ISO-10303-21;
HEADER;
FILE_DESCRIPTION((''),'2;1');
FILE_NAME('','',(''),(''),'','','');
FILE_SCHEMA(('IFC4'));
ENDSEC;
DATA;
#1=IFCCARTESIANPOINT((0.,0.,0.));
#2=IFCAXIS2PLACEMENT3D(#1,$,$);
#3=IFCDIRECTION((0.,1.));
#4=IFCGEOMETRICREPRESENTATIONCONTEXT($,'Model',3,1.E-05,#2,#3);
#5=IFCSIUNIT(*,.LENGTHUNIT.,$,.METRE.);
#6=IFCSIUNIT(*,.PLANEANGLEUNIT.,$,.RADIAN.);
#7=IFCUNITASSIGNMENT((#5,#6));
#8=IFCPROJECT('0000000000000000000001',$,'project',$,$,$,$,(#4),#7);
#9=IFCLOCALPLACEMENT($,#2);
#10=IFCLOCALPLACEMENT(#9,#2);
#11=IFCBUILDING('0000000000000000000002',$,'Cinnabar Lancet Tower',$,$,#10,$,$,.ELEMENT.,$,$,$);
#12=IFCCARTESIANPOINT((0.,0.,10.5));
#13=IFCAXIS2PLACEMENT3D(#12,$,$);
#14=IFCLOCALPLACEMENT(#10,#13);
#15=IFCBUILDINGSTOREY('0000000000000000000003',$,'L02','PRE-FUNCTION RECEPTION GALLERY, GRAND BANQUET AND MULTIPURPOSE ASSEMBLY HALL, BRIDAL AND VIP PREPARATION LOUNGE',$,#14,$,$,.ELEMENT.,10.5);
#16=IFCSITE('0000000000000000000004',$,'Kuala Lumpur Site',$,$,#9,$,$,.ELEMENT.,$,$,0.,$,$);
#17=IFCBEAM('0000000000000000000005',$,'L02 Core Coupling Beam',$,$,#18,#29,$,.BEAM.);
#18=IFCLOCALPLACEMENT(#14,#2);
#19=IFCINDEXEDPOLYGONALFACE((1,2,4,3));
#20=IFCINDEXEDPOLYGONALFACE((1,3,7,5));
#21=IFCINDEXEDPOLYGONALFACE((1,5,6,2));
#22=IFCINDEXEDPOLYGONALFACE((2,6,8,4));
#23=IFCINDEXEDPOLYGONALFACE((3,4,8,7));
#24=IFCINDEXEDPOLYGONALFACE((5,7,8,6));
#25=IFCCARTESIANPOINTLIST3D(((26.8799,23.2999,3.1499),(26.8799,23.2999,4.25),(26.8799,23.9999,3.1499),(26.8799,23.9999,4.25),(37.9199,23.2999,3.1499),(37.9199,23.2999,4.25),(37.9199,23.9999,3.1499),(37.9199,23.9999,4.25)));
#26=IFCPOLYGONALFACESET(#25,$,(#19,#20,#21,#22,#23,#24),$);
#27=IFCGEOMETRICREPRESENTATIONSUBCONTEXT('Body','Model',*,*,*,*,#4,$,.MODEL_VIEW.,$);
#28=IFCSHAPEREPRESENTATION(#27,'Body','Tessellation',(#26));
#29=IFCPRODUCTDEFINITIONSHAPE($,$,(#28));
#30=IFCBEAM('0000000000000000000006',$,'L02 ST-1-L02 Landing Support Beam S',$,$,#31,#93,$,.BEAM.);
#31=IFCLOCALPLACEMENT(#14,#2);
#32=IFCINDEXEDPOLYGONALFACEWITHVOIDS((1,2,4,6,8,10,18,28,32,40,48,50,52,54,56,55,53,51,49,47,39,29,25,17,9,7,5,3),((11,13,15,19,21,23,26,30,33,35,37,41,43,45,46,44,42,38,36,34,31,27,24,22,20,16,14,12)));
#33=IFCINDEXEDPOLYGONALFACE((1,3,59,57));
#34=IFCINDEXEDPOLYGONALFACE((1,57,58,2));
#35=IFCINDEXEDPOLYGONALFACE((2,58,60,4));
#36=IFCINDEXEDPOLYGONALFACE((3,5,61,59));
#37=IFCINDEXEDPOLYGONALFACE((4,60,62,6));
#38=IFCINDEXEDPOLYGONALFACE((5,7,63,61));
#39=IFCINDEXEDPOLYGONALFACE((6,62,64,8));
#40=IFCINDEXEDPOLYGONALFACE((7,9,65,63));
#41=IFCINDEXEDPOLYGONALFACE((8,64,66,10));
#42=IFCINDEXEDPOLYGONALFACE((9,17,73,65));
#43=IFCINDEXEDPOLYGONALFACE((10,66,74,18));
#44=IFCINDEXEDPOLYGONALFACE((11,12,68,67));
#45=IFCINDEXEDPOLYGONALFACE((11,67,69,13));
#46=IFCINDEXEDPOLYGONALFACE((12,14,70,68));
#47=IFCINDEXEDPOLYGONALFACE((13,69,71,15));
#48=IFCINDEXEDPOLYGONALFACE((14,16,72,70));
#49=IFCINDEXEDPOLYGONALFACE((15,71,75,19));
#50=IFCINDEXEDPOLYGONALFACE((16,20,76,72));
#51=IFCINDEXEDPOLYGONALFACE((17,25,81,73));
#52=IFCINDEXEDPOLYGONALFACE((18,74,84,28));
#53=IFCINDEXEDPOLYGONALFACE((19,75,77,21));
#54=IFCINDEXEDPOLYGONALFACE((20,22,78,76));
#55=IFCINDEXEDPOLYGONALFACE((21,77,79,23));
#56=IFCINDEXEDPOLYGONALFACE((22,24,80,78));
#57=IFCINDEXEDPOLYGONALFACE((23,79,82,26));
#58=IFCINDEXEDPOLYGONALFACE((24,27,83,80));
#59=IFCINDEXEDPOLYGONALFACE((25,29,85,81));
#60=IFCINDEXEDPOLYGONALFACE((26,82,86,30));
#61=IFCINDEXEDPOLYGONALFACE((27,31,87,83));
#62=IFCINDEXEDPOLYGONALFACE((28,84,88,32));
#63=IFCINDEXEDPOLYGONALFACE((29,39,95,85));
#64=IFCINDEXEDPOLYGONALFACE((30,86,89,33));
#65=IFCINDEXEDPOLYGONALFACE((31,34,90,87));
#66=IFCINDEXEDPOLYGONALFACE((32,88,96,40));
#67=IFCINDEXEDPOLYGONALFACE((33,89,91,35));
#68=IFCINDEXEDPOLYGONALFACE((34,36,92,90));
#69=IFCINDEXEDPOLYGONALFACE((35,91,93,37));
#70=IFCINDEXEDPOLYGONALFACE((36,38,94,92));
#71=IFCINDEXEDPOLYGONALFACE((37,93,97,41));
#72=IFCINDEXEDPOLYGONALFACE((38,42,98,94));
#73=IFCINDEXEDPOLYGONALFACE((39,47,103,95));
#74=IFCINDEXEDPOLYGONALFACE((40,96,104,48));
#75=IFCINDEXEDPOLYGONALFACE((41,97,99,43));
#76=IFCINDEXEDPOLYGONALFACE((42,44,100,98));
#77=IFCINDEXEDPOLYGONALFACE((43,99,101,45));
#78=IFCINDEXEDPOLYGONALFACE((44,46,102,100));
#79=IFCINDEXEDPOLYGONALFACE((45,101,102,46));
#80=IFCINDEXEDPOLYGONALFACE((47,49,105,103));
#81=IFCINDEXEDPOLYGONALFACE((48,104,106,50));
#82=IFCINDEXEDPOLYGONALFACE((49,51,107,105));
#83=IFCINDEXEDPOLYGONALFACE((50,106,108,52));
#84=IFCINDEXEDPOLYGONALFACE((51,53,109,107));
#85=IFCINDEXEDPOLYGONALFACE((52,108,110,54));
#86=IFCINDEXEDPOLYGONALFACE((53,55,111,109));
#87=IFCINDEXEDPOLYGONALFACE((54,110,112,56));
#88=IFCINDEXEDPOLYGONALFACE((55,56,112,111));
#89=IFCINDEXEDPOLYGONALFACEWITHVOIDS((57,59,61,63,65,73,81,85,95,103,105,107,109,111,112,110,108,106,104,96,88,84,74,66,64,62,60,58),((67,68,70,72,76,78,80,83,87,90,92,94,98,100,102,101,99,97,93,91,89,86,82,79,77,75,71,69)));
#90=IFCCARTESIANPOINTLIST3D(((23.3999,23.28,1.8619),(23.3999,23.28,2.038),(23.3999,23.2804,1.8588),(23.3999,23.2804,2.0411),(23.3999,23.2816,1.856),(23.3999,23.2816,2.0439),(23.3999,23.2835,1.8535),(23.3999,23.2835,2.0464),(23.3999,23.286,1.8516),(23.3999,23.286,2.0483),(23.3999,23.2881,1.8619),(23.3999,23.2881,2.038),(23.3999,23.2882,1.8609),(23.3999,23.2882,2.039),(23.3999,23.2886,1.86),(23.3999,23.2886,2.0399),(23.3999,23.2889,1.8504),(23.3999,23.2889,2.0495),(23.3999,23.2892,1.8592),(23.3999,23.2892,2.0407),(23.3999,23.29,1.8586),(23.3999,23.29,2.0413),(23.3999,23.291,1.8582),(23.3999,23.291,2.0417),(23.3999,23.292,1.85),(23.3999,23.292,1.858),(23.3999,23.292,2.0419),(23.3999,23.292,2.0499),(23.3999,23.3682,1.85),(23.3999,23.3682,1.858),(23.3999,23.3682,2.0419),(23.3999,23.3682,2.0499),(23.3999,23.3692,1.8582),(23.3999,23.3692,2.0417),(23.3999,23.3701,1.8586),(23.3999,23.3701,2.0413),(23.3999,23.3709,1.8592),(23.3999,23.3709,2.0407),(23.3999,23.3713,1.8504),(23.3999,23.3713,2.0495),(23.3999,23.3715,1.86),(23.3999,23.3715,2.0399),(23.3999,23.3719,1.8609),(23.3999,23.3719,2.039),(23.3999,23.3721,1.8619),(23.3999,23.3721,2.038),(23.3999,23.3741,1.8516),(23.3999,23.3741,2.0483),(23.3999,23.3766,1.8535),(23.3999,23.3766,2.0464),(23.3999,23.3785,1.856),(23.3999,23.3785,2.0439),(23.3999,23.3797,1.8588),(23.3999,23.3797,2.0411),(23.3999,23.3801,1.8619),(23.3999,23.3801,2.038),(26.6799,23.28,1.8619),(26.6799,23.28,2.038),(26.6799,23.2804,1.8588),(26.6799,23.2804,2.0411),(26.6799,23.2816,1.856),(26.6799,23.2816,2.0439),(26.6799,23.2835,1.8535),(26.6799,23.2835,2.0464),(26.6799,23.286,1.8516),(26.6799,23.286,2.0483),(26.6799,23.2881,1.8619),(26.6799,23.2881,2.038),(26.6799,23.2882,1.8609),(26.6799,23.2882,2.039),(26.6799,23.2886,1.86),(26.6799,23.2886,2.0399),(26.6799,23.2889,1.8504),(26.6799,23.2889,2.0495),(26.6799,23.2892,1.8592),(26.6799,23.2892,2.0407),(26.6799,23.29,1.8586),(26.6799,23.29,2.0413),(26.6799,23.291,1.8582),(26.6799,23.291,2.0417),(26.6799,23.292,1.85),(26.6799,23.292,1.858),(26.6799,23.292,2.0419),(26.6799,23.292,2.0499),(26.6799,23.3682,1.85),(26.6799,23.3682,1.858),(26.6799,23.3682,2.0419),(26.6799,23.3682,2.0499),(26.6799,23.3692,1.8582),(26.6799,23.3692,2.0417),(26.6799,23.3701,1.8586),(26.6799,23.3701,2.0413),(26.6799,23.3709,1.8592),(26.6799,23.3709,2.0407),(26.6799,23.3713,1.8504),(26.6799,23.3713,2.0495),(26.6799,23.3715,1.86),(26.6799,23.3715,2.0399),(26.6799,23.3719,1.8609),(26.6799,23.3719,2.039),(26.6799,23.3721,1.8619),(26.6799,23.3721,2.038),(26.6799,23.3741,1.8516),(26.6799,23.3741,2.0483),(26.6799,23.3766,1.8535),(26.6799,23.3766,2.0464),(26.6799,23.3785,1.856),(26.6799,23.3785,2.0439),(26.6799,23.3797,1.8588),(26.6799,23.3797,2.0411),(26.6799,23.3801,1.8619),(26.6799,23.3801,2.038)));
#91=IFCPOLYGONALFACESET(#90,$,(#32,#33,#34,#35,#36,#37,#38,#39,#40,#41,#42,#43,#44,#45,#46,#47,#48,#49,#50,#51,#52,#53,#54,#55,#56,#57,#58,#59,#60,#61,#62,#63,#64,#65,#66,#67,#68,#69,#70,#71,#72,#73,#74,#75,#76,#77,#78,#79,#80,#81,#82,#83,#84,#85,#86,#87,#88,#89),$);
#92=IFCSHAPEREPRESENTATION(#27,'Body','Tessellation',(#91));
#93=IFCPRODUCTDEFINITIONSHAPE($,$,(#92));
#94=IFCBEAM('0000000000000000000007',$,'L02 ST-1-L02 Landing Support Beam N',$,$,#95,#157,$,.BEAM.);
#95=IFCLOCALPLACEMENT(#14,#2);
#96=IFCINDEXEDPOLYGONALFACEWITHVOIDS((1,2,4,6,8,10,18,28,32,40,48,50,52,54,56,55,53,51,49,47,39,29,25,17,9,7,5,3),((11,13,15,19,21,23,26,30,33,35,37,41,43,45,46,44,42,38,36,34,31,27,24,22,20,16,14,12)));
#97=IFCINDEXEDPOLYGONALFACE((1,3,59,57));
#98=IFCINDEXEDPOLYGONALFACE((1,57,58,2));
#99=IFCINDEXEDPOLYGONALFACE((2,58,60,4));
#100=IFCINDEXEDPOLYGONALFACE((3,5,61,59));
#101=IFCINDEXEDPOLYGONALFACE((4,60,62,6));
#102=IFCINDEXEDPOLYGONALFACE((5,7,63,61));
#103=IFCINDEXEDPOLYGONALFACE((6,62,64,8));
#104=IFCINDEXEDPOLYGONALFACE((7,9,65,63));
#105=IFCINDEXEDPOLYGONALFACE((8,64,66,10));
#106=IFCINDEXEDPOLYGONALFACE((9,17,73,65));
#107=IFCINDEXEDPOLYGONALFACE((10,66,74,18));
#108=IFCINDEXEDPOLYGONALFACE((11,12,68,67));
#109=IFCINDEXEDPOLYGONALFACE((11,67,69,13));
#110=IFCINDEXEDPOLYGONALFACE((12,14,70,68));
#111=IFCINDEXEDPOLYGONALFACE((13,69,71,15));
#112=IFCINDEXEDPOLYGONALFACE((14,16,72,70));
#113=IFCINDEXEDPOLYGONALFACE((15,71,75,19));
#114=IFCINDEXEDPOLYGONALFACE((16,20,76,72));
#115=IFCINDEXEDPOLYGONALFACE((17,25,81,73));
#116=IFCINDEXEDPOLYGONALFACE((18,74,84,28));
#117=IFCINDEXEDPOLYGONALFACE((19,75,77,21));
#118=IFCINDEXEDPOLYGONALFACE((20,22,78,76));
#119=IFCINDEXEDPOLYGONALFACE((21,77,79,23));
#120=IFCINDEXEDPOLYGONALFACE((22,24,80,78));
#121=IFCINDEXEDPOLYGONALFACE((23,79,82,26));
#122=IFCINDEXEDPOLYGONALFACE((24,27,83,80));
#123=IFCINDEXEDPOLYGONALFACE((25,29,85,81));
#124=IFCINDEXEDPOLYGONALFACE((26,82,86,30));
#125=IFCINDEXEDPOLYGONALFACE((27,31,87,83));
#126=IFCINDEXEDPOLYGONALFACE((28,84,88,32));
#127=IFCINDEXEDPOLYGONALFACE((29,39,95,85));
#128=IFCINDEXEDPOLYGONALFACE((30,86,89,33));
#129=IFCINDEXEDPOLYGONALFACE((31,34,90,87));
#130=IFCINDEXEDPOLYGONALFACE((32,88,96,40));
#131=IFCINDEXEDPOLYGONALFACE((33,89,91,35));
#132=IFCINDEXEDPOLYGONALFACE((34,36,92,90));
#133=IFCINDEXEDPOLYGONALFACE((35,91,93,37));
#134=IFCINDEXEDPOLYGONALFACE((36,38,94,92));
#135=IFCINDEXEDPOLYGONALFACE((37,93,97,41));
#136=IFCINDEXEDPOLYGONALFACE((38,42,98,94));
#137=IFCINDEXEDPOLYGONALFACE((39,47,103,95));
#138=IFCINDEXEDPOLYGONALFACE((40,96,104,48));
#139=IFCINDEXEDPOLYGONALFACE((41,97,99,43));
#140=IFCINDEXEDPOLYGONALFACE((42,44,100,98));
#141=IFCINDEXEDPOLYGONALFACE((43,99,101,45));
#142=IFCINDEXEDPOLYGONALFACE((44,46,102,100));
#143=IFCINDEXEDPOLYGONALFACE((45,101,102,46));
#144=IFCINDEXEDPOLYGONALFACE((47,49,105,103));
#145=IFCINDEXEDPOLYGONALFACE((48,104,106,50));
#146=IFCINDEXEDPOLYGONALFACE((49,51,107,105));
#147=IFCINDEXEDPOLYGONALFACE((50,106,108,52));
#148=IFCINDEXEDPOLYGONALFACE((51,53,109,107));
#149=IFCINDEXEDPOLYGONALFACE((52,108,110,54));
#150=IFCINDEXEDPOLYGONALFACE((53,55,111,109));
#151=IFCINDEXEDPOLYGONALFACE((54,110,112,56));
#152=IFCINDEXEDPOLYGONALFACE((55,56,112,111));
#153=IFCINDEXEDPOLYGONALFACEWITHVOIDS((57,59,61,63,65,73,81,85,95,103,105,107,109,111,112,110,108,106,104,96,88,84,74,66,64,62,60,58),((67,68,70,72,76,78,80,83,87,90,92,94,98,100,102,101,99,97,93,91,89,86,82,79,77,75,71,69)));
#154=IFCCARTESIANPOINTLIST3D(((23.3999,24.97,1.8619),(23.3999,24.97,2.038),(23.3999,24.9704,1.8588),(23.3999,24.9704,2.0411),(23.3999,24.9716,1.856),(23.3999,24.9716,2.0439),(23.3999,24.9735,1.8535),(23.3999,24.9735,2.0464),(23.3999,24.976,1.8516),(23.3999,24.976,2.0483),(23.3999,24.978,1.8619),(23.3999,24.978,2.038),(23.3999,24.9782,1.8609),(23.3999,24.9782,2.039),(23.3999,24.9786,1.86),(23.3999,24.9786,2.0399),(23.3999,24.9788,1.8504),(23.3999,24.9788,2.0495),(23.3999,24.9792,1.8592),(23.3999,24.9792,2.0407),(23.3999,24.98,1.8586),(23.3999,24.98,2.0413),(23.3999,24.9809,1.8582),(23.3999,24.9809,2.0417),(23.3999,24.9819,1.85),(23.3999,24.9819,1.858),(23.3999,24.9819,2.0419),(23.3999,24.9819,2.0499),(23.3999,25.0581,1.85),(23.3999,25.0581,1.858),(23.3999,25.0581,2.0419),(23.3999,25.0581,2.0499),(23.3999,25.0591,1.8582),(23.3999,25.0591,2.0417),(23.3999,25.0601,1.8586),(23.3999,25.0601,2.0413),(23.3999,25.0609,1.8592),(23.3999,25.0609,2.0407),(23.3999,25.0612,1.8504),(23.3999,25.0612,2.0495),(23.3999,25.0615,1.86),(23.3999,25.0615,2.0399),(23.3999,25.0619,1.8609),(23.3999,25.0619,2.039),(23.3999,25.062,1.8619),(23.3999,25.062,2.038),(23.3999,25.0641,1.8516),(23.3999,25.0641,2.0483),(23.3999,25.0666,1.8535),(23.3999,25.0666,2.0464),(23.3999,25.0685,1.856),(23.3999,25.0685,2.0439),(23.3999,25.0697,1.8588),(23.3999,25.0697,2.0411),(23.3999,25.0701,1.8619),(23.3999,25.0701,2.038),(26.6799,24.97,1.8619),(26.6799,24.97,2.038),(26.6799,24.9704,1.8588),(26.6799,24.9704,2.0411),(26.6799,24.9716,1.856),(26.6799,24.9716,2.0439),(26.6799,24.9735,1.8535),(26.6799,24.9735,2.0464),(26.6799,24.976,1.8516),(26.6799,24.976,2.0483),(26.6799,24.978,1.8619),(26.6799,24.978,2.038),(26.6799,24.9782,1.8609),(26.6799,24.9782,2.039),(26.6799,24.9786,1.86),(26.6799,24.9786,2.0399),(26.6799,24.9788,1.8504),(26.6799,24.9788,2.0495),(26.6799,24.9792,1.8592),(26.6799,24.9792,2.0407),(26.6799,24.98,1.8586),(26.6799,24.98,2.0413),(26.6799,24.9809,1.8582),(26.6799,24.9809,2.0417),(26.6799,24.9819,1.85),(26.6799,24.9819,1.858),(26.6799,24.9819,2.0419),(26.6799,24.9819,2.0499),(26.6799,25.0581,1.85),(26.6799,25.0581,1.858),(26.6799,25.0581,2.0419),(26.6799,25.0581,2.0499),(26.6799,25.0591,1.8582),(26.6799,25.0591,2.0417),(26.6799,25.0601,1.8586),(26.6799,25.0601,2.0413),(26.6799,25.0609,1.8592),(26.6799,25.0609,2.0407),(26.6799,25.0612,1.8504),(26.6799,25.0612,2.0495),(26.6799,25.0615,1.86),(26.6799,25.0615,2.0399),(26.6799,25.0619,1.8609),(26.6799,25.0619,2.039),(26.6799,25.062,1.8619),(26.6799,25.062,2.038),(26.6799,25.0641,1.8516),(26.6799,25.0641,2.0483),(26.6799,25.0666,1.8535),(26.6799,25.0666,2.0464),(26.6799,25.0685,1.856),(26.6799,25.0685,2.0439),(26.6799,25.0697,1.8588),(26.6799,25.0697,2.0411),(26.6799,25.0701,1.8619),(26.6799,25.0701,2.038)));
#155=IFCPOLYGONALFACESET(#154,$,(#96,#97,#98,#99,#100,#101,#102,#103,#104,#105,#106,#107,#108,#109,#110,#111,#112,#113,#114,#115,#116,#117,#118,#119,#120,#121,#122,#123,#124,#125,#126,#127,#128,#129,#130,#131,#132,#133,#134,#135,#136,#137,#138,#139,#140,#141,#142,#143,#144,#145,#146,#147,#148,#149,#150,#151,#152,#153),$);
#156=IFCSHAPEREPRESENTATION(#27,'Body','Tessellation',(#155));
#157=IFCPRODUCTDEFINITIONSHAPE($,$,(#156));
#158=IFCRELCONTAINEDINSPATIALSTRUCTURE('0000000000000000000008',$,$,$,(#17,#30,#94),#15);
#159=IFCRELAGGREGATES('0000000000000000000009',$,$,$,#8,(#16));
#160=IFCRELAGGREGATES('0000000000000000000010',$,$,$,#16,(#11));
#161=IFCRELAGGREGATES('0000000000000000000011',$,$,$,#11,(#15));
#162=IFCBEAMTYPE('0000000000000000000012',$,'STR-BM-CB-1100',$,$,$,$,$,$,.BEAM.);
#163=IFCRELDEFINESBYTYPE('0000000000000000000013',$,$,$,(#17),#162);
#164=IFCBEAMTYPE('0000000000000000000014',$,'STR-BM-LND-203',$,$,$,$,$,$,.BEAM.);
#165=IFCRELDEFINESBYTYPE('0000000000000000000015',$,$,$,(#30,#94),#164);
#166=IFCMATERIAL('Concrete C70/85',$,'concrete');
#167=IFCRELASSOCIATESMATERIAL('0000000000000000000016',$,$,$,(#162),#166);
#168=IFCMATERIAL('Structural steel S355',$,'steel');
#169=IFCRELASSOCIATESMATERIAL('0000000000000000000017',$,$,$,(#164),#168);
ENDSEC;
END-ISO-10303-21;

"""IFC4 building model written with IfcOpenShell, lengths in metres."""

from ifc_helpers import new_model, si_unit, direction, frame, origin, origin_2d, place, context, subcontext, project, spatial, rectangle, hollow_rectangle, extrude, material, material_profile, profile_set, type_object, element, save


model = new_model("IFC4")

# Units and contexts
model_context = context("Model", 3, precision=1e-05, world=origin(), true_north=direction((0.0, 1.0)))
body_context = subcontext(model_context, "Body", "Model", "MODEL_VIEW")
ifc_project = project(units=[si_unit("LENGTHUNIT", "METRE"), si_unit("PLANEANGLEUNIT", "RADIAN")], contexts=[model_context])

# Site, building, storey
site_placement = place(None, origin())
site = spatial("IfcSite", under=ifc_project, at=site_placement, Name="Kuala Lumpur Site", CompositionType="ELEMENT", RefElevation=0.0)
building_placement = place(site_placement, origin())
building = spatial("IfcBuilding", under=site, at=building_placement, Name="Cinnabar Lancet Tower", CompositionType="ELEMENT")
storey_placement = place(building_placement, frame((0.0, 0.0, 10.5)))
storey = spatial("IfcBuildingStorey", under=building, at=storey_placement, Name="L02", Description="PRE-FUNCTION RECEPTION GALLERY, GRAND BANQUET AND MULTIPURPOSE ASSEMBLY HALL, BRIDAL AND VIP PREPARATION LOUNGE", CompositionType="ELEMENT", Elevation=10.5)

# Beams
ifc_material_1 = material(Name="Concrete C70/85", Category="concrete")
ifc_material_profile_1 = material_profile(ifc_material_1, rectangle(XDim=0.7, YDim=1.1001, at=origin_2d()), Name="RC-CB 700x1100")
ifc_profile_set_1 = profile_set([ifc_material_profile_1], Name="Concrete C70/85")
beam_type_1 = type_object("IfcBeamType", Name="STR-BM-CB-1100", PredefinedType="BEAM", material=ifc_profile_set_1)
beam_1_placement = place(storey_placement, frame((26.8799, 23.6499, 3.7), z_axis=(1.0, 0.0, 0.0), x_axis=(0.0, 1.0, 0.0)))
element("IfcBeam", 1, at=beam_1_placement, inside=storey, type_object=beam_type_1, Name="L02 Core Coupling Beam", PredefinedType="BEAM", context=body_context, shape_type="SweptSolid", body=[
    extrude(rectangle(XDim=0.7, YDim=1.1001, at=origin_2d()), origin(), (0.0, 0.0, 1.0), 11.04),
])
ifc_material_2 = material(Name="Structural steel S355", Category="steel")
ifc_material_profile_2 = material_profile(ifc_material_2, hollow_rectangle(XDim=0.1001, YDim=0.2, WallThickness=0.0081, InnerFilletRadius=0.0039, OuterFilletRadius=0.012, at=origin_2d()), Name="RHS 200x100x8")
ifc_profile_set_2 = profile_set([ifc_material_profile_2], Name="Structural steel S355")
beam_type_2 = type_object("IfcBeamType", Name="STR-BM-LND-203", PredefinedType="BEAM", material=ifc_profile_set_2)
for number, where, z_axis, x_axis, name in (
    (2, (23.3999, 23.3301, 1.95), (1.0, 0.0, 0.0), (0.0, 1.0, 0.0), "L02 ST-1-L02 Landing Support Beam S"),
    (3, (23.3999, 25.02, 1.95), (1.0, 0.0, 0.0), (0.0, 1.0, 0.0), "L02 ST-1-L02 Landing Support Beam N"),
):
    element("IfcBeam", number, at=place(storey_placement, frame(where, z_axis=z_axis, x_axis=x_axis)), inside=storey, type_object=beam_type_2, Name=name, PredefinedType="BEAM", context=body_context, shape_type="SweptSolid", body=[
        extrude(hollow_rectangle(XDim=0.1001, YDim=0.2, WallThickness=0.0081, InnerFilletRadius=0.0039, OuterFilletRadius=0.012, at=origin_2d()), origin(), (0.0, 0.0, 1.0), 3.28),
    ])

save(model, "model.ifc")
